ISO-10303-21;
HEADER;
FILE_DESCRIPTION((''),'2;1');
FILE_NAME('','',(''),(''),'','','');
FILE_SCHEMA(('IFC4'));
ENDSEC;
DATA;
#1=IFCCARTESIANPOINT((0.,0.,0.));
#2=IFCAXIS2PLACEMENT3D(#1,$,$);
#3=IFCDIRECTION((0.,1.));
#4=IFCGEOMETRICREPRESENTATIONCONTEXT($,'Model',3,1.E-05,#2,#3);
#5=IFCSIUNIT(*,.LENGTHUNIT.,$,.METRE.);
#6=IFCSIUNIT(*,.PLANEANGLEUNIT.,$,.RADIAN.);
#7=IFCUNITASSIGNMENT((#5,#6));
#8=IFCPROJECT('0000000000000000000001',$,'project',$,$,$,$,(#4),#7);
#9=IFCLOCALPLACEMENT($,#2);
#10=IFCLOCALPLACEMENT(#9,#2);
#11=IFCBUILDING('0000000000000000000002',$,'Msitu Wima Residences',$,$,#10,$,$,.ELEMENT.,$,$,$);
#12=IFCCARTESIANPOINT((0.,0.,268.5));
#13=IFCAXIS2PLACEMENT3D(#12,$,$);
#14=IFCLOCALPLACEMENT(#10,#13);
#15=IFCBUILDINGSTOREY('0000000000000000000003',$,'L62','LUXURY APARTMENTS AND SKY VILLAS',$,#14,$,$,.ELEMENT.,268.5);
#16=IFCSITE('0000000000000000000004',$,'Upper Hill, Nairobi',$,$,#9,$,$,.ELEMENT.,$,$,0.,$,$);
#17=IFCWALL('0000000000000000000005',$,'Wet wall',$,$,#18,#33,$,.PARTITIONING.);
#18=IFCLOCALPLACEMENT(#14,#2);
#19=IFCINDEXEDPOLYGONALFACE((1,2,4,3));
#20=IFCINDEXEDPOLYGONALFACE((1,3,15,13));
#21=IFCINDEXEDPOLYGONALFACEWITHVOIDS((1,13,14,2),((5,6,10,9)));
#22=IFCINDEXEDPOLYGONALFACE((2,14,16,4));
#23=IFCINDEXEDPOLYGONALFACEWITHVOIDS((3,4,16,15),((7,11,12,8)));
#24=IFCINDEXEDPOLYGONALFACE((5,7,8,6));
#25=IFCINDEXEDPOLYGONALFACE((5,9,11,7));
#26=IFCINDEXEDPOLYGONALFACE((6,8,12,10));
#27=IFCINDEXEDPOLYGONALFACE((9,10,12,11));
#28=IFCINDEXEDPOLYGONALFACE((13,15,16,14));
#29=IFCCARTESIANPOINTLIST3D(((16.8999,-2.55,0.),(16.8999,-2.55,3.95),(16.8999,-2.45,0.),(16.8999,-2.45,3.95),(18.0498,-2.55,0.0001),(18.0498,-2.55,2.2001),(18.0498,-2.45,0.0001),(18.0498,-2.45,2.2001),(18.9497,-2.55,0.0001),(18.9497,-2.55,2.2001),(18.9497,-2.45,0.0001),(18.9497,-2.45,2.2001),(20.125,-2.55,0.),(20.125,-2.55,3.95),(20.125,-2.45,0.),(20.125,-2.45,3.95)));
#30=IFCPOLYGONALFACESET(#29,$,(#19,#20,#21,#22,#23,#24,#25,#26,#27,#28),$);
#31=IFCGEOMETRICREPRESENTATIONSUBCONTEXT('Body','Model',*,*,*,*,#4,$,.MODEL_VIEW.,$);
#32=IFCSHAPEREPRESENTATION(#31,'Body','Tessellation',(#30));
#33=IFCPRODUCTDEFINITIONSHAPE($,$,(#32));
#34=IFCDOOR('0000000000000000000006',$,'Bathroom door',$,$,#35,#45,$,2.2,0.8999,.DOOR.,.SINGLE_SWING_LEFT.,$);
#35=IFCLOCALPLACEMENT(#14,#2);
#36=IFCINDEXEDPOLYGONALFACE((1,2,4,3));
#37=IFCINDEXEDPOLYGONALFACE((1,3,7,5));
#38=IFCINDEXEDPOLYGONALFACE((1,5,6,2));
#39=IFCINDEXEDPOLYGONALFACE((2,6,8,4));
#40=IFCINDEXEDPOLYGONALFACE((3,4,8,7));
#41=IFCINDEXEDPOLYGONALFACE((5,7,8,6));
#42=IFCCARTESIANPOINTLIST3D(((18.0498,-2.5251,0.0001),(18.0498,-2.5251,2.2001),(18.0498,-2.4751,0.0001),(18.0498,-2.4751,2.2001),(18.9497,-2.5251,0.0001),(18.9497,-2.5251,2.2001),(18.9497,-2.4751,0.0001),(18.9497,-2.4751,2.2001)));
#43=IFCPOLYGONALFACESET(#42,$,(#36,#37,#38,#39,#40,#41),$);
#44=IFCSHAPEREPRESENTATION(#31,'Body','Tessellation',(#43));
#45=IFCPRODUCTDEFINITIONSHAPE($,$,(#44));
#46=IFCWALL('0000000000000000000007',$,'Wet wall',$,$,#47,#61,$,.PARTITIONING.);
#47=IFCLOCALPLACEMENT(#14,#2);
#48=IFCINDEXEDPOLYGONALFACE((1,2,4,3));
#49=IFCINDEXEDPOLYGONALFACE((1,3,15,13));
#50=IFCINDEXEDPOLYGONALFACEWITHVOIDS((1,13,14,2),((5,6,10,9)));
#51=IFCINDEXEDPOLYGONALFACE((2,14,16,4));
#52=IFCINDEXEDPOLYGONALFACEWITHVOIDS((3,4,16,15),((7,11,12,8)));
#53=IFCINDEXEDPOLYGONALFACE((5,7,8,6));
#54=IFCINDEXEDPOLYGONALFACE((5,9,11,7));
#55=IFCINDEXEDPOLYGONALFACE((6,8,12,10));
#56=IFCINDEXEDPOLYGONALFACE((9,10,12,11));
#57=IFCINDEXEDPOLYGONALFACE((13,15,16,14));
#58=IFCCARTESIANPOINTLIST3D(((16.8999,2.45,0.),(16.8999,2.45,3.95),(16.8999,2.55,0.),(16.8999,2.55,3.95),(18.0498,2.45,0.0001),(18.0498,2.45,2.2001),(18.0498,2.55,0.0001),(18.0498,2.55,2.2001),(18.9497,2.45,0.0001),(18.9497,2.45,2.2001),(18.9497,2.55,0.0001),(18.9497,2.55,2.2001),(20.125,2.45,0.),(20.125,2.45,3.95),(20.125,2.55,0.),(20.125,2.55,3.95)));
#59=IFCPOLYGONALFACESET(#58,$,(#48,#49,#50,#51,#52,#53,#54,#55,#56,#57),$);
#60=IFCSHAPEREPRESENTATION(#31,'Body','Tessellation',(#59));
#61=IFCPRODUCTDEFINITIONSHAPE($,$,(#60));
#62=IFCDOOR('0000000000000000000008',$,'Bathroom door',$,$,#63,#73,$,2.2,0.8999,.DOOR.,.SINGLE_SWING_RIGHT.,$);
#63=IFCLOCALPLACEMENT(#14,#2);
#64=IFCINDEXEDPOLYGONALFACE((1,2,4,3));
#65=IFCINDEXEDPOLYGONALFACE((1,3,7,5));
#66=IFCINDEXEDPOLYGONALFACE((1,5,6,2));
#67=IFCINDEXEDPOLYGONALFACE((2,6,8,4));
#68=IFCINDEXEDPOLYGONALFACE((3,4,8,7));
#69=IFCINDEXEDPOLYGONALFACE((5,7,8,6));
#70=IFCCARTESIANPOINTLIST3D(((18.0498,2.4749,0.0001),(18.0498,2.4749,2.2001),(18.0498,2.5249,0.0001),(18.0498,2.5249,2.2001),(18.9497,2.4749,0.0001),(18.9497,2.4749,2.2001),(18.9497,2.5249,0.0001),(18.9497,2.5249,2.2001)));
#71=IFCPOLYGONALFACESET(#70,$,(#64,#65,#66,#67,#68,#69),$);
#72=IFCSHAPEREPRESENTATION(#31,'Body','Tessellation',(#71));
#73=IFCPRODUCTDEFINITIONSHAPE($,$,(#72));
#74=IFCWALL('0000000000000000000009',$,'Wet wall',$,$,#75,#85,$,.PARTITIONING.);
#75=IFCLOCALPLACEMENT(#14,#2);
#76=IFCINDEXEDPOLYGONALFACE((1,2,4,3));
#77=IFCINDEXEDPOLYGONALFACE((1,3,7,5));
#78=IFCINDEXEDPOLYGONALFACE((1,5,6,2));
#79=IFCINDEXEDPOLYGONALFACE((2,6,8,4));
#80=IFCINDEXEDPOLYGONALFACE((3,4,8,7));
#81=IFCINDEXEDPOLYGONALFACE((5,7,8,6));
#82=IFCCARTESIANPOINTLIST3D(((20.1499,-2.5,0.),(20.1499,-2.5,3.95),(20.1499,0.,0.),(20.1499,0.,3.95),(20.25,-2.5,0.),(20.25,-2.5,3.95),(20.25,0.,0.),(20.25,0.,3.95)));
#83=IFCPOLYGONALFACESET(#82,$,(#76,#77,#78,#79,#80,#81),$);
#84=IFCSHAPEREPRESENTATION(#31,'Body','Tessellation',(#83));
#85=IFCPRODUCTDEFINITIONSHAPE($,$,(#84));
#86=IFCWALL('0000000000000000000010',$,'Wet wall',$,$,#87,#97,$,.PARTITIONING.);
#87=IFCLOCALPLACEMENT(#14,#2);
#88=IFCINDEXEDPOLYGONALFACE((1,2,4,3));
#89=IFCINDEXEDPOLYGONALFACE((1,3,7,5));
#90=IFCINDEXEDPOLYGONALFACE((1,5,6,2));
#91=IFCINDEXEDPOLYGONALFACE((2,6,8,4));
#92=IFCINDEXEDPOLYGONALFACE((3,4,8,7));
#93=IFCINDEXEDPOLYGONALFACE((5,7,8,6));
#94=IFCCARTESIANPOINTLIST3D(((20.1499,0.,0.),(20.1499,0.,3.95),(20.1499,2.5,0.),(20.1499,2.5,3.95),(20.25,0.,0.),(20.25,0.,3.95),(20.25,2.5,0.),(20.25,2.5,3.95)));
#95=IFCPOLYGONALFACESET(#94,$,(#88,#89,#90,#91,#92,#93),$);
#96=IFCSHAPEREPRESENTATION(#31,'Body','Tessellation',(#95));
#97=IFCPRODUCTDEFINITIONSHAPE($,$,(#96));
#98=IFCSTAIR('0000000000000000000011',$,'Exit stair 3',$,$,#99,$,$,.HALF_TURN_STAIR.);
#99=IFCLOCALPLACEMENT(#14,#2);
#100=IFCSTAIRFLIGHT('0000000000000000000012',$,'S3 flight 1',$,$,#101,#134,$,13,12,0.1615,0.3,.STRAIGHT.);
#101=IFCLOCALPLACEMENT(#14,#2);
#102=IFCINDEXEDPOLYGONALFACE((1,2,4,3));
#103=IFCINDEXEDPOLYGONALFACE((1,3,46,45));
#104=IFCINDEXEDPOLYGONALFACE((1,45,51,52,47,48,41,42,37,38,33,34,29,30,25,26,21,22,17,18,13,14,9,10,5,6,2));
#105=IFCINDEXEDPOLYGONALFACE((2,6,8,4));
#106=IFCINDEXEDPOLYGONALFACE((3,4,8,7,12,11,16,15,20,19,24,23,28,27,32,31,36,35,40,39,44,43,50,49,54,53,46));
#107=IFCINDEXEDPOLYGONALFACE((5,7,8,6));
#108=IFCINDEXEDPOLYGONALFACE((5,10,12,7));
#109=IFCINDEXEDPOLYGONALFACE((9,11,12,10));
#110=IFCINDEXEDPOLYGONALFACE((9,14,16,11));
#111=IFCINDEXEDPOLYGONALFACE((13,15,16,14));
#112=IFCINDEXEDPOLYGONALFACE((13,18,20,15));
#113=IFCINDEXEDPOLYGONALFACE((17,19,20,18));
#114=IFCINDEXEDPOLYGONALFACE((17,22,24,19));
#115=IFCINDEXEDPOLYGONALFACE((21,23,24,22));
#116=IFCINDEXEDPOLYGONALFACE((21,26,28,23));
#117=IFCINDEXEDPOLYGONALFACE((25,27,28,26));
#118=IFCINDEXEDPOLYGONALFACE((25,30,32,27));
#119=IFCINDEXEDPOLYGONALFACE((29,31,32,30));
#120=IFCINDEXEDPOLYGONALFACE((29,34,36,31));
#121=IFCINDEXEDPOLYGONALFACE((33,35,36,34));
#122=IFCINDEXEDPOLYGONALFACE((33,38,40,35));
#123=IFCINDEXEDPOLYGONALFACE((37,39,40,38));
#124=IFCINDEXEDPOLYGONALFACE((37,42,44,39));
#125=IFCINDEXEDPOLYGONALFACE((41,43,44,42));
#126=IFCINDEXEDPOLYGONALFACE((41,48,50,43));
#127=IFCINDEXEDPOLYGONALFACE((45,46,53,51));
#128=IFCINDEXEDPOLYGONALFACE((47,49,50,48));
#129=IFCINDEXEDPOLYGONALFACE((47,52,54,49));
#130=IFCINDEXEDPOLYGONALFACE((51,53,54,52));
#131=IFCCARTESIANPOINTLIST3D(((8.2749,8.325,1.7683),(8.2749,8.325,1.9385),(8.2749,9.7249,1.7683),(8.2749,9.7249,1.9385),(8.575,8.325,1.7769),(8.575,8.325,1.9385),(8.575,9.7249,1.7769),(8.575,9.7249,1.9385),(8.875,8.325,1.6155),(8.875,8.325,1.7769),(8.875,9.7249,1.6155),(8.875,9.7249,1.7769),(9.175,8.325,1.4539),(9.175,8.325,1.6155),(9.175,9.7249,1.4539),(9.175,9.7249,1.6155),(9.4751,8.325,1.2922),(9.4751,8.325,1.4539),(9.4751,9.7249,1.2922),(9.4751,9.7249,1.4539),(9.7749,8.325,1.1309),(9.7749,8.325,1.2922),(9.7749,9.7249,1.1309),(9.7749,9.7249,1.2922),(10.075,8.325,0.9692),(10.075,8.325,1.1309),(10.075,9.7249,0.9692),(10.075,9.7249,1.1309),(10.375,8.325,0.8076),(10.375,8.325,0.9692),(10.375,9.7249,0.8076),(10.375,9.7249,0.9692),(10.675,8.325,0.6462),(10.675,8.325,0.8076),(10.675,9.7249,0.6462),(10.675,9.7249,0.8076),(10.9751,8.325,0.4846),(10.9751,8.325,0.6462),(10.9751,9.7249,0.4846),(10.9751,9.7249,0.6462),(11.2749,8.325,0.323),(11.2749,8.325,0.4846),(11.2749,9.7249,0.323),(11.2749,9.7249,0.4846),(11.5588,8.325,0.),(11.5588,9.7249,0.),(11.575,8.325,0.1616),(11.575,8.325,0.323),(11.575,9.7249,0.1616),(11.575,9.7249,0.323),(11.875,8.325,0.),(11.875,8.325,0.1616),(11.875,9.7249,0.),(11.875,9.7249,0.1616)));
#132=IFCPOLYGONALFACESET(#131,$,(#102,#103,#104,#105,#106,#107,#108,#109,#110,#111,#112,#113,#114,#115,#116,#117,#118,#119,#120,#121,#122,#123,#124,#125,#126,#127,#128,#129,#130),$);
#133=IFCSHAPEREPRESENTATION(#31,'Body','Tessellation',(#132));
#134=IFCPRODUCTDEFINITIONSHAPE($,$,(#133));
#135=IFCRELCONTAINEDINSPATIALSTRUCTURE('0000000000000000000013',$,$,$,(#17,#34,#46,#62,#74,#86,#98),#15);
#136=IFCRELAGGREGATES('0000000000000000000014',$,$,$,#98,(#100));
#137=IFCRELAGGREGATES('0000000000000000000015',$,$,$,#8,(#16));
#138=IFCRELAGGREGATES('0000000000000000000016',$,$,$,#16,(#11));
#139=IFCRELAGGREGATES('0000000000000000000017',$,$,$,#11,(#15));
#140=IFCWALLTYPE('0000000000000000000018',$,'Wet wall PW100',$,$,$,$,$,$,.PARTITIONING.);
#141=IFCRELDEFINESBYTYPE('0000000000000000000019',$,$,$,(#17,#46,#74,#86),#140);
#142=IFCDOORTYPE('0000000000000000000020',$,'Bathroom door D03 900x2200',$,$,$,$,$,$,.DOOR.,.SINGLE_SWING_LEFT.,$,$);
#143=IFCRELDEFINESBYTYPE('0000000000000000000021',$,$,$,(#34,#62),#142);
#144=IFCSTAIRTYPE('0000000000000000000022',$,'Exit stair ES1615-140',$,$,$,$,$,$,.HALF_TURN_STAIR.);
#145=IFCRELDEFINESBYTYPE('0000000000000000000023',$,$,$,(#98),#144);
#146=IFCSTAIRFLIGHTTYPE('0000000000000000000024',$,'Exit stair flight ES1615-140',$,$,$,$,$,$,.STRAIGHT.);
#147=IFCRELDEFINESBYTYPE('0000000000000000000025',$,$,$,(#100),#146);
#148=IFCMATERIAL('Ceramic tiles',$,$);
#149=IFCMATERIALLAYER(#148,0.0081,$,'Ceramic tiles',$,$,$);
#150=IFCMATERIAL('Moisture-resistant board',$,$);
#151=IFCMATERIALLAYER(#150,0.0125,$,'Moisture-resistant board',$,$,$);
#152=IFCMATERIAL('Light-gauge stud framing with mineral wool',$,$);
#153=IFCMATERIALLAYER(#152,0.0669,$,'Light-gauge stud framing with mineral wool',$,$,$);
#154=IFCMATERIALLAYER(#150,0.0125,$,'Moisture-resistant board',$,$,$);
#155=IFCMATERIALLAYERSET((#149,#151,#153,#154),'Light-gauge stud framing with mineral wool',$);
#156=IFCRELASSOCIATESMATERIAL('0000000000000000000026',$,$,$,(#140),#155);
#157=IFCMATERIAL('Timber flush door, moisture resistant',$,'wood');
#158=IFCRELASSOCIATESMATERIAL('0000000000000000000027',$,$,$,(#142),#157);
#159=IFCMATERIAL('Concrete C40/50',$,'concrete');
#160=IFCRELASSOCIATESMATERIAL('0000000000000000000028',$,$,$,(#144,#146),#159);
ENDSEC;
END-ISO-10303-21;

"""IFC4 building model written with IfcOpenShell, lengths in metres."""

from ifc_helpers import new_model, si_unit, direction, frame, frame_2d, origin, place, context, subcontext, project, spatial, polyline, rectangle, outline, extrude, material, layer, layer_set, type_object, element, fill, aggregate, save


model = new_model("IFC4")

# Units and contexts
model_context = context("Model", 3, precision=1e-05, world=origin(), true_north=direction((0.0, 1.0)))
body_context = subcontext(model_context, "Body", "Model", "MODEL_VIEW")
ifc_project = project(units=[si_unit("LENGTHUNIT", "METRE"), si_unit("PLANEANGLEUNIT", "RADIAN")], contexts=[model_context])

# Site, building, storey
site_placement = place(None, origin())
site = spatial("IfcSite", under=ifc_project, at=site_placement, Name="Upper Hill, Nairobi", CompositionType="ELEMENT", RefElevation=0.0)
building_placement = place(site_placement, origin())
building = spatial("IfcBuilding", under=site, at=building_placement, Name="Msitu Wima Residences", CompositionType="ELEMENT")
storey_placement = place(building_placement, frame((0.0, 0.0, 268.5)))
storey = spatial("IfcBuildingStorey", under=building, at=storey_placement, Name="L62", Description="LUXURY APARTMENTS AND SKY VILLAS", CompositionType="ELEMENT", Elevation=268.5)

# Walls, openings, doors
ifc_material_1 = material(Name="Ceramic tiles")
ifc_layer_1 = layer(ifc_material_1, 0.0081, Name="Ceramic tiles")
ifc_material_2 = material(Name="Moisture-resistant board")
ifc_layer_2 = layer(ifc_material_2, 0.0125, Name="Moisture-resistant board")
ifc_material_3 = material(Name="Light-gauge stud framing with mineral wool")
ifc_layer_3 = layer(ifc_material_3, 0.0669, Name="Light-gauge stud framing with mineral wool")
ifc_layer_4 = layer(ifc_material_2, 0.0125, Name="Moisture-resistant board")
ifc_layer_set_1 = layer_set([ifc_layer_1, ifc_layer_2, ifc_layer_3, ifc_layer_4], Name="Light-gauge stud framing with mineral wool")
wall_type_1 = type_object("IfcWallType", Name="Wet wall PW100", PredefinedType="PARTITIONING", material=ifc_layer_set_1)
wall_1_placement = place(storey_placement, frame((16.8999, -2.5, 0.0), z_axis=(0.0, 0.0, 1.0), x_axis=(1.0, 0.0, 0.0)))
wall_1 = element("IfcWall", 1, at=wall_1_placement, inside=storey, type_object=wall_type_1, Name="Wet wall", PredefinedType="PARTITIONING", context=body_context, shape_type="SweptSolid", body=[
    extrude(rectangle(XDim=3.2251, YDim=0.1001, at=frame_2d((1.6125, 0.0))), origin(), (0.0, 0.0, 1.0), 3.95),
])
opening_1_placement = place(wall_1_placement, frame((1.1499, 0.0, 0.0)))
opening_1 = element("IfcOpeningElement", 2, at=opening_1_placement, cuts=wall_1, PredefinedType="OPENING", context=body_context, shape_type="SweptSolid", body=[
    extrude(rectangle(XDim=0.8999, YDim=2.2, at=frame_2d((0.45, 1.1001))), frame((0.0, 0.0601, 0.0), z_axis=(0.0, -1.0, 0.0), x_axis=(1.0, 0.0, 0.0)), (0.0, 0.0, 1.0), 0.1201),
])
ifc_material_4 = material(Name="Timber flush door, moisture resistant", Category="wood")
door_type_1 = type_object("IfcDoorType", Name="Bathroom door D03 900x2200", OperationType="SINGLE_SWING_LEFT", PredefinedType="DOOR", material=ifc_material_4)
door_1_placement = place(opening_1_placement, origin())
door_1 = element("IfcDoor", 3, at=door_1_placement, inside=storey, type_object=door_type_1, Name="Bathroom door", OperationType="SINGLE_SWING_LEFT", OverallHeight=2.2, OverallWidth=0.8999, PredefinedType="DOOR", context=body_context, shape_type="SweptSolid", body=[
    extrude(rectangle(XDim=0.8999, YDim=2.2, at=frame_2d((0.45, 1.1001))), frame((0.0, 0.0249, 0.0), z_axis=(0.0, -1.0, 0.0), x_axis=(1.0, 0.0, 0.0)), (0.0, 0.0, 1.0), 0.05),
])
fill(opening_1, door_1)
wall_2_placement = place(storey_placement, frame((16.8999, 2.5, 0.0), z_axis=(0.0, 0.0, 1.0), x_axis=(1.0, 0.0, 0.0)))
wall_2 = element("IfcWall", 4, at=wall_2_placement, inside=storey, type_object=wall_type_1, Name="Wet wall", PredefinedType="PARTITIONING", context=body_context, shape_type="SweptSolid", body=[
    extrude(rectangle(XDim=3.2251, YDim=0.1001, at=frame_2d((1.6125, 0.0))), origin(), (0.0, 0.0, 1.0), 3.95),
])
opening_2_placement = place(wall_2_placement, frame((1.1499, 0.0, 0.0)))
opening_2 = element("IfcOpeningElement", 5, at=opening_2_placement, cuts=wall_2, PredefinedType="OPENING", context=body_context, shape_type="SweptSolid", body=[
    extrude(rectangle(XDim=0.8999, YDim=2.2, at=frame_2d((0.45, 1.1001))), frame((0.0, 0.0601, 0.0), z_axis=(0.0, -1.0, 0.0), x_axis=(1.0, 0.0, 0.0)), (0.0, 0.0, 1.0), 0.1201),
])
door_2_placement = place(opening_2_placement, origin())
door_2 = element("IfcDoor", 6, at=door_2_placement, inside=storey, type_object=door_type_1, Name="Bathroom door", OperationType="SINGLE_SWING_RIGHT", OverallHeight=2.2, OverallWidth=0.8999, PredefinedType="DOOR", context=body_context, shape_type="SweptSolid", body=[
    extrude(rectangle(XDim=0.8999, YDim=2.2, at=frame_2d((0.45, 1.1001))), frame((0.0, 0.0249, 0.0), z_axis=(0.0, -1.0, 0.0), x_axis=(1.0, 0.0, 0.0)), (0.0, 0.0, 1.0), 0.05),
])
fill(opening_2, door_2)

# Walls
for number, where, z_axis, x_axis, name in (
    (7, (20.2, -2.5, 0.0), (0.0, 0.0, 1.0), (0.0, 1.0, 0.0), "Wet wall"),
    (8, (20.2, 0.0, 0.0), (0.0, 0.0, 1.0), (0.0, 1.0, 0.0), "Wet wall"),
):
    element("IfcWall", number, at=place(storey_placement, frame(where, z_axis=z_axis, x_axis=x_axis)), inside=storey, type_object=wall_type_1, Name=name, PredefinedType="PARTITIONING", context=body_context, shape_type="SweptSolid", body=[
        extrude(rectangle(XDim=2.5, YDim=0.1001, at=frame_2d((1.25, 0.0))), origin(), (0.0, 0.0, 1.0), 3.95),
    ])

# Stair, stair flight
ifc_material_5 = material(Name="Concrete C40/50", Category="concrete")
stair_type = type_object("IfcStairType", Name="Exit stair ES1615-140", PredefinedType="HALF_TURN_STAIR", material=ifc_material_5)
stair_placement = place(storey_placement, origin())
stair = element("IfcStair", 9, at=stair_placement, inside=storey, type_object=stair_type, Name="Exit stair 3", PredefinedType="HALF_TURN_STAIR")
stair_flight_type = type_object("IfcStairFlightType", Name="Exit stair flight ES1615-140", PredefinedType="STRAIGHT", material=ifc_material_5)
stair_flight_placement = place(storey_placement, frame((11.875, 9.0249, 0.0), z_axis=(0.0, 0.0, 1.0), x_axis=(-1.0, 0.0, 0.0)))
stair_flight = element("IfcStairFlight", 10, at=stair_flight_placement, type_object=stair_flight_type, Name="S3 flight 1", NumberOfRisers=13, NumberOfTreads=12, PredefinedType="STRAIGHT", RiserHeight=0.1615, TreadLength=0.3, context=body_context, shape_type="SweptSolid", body=[
    extrude(outline(polyline([(0.0, 0.0), (0.0, 0.1616), (0.3, 0.1616), (0.3, 0.323), (0.6001, 0.323), (0.6001, 0.4846), (0.8999, 0.4846), (0.8999, 0.6462), (1.2, 0.6462), (1.2, 0.8076), (1.5, 0.8076), (1.5, 0.9692), (1.8, 0.9692), (1.8, 1.1309), (2.1001, 1.1309), (2.1001, 1.2922), (2.3999, 1.2922), (2.3999, 1.4539), (2.7, 1.4539), (2.7, 1.6155), (3.0, 1.6155), (3.0, 1.7769), (3.3, 1.7769), (3.3, 1.9385), (3.6001, 1.9385), (3.6001, 2.1001), (3.6001, 1.7683), (0.3162, 0.0), (0.0, 0.0)])), frame((0.0, 0.7, 0.0), z_axis=(0.0, -1.0, 0.0), x_axis=(1.0, 0.0, 0.0)), (0.0, 0.0, 1.0), 1.3999),
])
aggregate(stair, [stair_flight])

save(model, "model.ifc")
